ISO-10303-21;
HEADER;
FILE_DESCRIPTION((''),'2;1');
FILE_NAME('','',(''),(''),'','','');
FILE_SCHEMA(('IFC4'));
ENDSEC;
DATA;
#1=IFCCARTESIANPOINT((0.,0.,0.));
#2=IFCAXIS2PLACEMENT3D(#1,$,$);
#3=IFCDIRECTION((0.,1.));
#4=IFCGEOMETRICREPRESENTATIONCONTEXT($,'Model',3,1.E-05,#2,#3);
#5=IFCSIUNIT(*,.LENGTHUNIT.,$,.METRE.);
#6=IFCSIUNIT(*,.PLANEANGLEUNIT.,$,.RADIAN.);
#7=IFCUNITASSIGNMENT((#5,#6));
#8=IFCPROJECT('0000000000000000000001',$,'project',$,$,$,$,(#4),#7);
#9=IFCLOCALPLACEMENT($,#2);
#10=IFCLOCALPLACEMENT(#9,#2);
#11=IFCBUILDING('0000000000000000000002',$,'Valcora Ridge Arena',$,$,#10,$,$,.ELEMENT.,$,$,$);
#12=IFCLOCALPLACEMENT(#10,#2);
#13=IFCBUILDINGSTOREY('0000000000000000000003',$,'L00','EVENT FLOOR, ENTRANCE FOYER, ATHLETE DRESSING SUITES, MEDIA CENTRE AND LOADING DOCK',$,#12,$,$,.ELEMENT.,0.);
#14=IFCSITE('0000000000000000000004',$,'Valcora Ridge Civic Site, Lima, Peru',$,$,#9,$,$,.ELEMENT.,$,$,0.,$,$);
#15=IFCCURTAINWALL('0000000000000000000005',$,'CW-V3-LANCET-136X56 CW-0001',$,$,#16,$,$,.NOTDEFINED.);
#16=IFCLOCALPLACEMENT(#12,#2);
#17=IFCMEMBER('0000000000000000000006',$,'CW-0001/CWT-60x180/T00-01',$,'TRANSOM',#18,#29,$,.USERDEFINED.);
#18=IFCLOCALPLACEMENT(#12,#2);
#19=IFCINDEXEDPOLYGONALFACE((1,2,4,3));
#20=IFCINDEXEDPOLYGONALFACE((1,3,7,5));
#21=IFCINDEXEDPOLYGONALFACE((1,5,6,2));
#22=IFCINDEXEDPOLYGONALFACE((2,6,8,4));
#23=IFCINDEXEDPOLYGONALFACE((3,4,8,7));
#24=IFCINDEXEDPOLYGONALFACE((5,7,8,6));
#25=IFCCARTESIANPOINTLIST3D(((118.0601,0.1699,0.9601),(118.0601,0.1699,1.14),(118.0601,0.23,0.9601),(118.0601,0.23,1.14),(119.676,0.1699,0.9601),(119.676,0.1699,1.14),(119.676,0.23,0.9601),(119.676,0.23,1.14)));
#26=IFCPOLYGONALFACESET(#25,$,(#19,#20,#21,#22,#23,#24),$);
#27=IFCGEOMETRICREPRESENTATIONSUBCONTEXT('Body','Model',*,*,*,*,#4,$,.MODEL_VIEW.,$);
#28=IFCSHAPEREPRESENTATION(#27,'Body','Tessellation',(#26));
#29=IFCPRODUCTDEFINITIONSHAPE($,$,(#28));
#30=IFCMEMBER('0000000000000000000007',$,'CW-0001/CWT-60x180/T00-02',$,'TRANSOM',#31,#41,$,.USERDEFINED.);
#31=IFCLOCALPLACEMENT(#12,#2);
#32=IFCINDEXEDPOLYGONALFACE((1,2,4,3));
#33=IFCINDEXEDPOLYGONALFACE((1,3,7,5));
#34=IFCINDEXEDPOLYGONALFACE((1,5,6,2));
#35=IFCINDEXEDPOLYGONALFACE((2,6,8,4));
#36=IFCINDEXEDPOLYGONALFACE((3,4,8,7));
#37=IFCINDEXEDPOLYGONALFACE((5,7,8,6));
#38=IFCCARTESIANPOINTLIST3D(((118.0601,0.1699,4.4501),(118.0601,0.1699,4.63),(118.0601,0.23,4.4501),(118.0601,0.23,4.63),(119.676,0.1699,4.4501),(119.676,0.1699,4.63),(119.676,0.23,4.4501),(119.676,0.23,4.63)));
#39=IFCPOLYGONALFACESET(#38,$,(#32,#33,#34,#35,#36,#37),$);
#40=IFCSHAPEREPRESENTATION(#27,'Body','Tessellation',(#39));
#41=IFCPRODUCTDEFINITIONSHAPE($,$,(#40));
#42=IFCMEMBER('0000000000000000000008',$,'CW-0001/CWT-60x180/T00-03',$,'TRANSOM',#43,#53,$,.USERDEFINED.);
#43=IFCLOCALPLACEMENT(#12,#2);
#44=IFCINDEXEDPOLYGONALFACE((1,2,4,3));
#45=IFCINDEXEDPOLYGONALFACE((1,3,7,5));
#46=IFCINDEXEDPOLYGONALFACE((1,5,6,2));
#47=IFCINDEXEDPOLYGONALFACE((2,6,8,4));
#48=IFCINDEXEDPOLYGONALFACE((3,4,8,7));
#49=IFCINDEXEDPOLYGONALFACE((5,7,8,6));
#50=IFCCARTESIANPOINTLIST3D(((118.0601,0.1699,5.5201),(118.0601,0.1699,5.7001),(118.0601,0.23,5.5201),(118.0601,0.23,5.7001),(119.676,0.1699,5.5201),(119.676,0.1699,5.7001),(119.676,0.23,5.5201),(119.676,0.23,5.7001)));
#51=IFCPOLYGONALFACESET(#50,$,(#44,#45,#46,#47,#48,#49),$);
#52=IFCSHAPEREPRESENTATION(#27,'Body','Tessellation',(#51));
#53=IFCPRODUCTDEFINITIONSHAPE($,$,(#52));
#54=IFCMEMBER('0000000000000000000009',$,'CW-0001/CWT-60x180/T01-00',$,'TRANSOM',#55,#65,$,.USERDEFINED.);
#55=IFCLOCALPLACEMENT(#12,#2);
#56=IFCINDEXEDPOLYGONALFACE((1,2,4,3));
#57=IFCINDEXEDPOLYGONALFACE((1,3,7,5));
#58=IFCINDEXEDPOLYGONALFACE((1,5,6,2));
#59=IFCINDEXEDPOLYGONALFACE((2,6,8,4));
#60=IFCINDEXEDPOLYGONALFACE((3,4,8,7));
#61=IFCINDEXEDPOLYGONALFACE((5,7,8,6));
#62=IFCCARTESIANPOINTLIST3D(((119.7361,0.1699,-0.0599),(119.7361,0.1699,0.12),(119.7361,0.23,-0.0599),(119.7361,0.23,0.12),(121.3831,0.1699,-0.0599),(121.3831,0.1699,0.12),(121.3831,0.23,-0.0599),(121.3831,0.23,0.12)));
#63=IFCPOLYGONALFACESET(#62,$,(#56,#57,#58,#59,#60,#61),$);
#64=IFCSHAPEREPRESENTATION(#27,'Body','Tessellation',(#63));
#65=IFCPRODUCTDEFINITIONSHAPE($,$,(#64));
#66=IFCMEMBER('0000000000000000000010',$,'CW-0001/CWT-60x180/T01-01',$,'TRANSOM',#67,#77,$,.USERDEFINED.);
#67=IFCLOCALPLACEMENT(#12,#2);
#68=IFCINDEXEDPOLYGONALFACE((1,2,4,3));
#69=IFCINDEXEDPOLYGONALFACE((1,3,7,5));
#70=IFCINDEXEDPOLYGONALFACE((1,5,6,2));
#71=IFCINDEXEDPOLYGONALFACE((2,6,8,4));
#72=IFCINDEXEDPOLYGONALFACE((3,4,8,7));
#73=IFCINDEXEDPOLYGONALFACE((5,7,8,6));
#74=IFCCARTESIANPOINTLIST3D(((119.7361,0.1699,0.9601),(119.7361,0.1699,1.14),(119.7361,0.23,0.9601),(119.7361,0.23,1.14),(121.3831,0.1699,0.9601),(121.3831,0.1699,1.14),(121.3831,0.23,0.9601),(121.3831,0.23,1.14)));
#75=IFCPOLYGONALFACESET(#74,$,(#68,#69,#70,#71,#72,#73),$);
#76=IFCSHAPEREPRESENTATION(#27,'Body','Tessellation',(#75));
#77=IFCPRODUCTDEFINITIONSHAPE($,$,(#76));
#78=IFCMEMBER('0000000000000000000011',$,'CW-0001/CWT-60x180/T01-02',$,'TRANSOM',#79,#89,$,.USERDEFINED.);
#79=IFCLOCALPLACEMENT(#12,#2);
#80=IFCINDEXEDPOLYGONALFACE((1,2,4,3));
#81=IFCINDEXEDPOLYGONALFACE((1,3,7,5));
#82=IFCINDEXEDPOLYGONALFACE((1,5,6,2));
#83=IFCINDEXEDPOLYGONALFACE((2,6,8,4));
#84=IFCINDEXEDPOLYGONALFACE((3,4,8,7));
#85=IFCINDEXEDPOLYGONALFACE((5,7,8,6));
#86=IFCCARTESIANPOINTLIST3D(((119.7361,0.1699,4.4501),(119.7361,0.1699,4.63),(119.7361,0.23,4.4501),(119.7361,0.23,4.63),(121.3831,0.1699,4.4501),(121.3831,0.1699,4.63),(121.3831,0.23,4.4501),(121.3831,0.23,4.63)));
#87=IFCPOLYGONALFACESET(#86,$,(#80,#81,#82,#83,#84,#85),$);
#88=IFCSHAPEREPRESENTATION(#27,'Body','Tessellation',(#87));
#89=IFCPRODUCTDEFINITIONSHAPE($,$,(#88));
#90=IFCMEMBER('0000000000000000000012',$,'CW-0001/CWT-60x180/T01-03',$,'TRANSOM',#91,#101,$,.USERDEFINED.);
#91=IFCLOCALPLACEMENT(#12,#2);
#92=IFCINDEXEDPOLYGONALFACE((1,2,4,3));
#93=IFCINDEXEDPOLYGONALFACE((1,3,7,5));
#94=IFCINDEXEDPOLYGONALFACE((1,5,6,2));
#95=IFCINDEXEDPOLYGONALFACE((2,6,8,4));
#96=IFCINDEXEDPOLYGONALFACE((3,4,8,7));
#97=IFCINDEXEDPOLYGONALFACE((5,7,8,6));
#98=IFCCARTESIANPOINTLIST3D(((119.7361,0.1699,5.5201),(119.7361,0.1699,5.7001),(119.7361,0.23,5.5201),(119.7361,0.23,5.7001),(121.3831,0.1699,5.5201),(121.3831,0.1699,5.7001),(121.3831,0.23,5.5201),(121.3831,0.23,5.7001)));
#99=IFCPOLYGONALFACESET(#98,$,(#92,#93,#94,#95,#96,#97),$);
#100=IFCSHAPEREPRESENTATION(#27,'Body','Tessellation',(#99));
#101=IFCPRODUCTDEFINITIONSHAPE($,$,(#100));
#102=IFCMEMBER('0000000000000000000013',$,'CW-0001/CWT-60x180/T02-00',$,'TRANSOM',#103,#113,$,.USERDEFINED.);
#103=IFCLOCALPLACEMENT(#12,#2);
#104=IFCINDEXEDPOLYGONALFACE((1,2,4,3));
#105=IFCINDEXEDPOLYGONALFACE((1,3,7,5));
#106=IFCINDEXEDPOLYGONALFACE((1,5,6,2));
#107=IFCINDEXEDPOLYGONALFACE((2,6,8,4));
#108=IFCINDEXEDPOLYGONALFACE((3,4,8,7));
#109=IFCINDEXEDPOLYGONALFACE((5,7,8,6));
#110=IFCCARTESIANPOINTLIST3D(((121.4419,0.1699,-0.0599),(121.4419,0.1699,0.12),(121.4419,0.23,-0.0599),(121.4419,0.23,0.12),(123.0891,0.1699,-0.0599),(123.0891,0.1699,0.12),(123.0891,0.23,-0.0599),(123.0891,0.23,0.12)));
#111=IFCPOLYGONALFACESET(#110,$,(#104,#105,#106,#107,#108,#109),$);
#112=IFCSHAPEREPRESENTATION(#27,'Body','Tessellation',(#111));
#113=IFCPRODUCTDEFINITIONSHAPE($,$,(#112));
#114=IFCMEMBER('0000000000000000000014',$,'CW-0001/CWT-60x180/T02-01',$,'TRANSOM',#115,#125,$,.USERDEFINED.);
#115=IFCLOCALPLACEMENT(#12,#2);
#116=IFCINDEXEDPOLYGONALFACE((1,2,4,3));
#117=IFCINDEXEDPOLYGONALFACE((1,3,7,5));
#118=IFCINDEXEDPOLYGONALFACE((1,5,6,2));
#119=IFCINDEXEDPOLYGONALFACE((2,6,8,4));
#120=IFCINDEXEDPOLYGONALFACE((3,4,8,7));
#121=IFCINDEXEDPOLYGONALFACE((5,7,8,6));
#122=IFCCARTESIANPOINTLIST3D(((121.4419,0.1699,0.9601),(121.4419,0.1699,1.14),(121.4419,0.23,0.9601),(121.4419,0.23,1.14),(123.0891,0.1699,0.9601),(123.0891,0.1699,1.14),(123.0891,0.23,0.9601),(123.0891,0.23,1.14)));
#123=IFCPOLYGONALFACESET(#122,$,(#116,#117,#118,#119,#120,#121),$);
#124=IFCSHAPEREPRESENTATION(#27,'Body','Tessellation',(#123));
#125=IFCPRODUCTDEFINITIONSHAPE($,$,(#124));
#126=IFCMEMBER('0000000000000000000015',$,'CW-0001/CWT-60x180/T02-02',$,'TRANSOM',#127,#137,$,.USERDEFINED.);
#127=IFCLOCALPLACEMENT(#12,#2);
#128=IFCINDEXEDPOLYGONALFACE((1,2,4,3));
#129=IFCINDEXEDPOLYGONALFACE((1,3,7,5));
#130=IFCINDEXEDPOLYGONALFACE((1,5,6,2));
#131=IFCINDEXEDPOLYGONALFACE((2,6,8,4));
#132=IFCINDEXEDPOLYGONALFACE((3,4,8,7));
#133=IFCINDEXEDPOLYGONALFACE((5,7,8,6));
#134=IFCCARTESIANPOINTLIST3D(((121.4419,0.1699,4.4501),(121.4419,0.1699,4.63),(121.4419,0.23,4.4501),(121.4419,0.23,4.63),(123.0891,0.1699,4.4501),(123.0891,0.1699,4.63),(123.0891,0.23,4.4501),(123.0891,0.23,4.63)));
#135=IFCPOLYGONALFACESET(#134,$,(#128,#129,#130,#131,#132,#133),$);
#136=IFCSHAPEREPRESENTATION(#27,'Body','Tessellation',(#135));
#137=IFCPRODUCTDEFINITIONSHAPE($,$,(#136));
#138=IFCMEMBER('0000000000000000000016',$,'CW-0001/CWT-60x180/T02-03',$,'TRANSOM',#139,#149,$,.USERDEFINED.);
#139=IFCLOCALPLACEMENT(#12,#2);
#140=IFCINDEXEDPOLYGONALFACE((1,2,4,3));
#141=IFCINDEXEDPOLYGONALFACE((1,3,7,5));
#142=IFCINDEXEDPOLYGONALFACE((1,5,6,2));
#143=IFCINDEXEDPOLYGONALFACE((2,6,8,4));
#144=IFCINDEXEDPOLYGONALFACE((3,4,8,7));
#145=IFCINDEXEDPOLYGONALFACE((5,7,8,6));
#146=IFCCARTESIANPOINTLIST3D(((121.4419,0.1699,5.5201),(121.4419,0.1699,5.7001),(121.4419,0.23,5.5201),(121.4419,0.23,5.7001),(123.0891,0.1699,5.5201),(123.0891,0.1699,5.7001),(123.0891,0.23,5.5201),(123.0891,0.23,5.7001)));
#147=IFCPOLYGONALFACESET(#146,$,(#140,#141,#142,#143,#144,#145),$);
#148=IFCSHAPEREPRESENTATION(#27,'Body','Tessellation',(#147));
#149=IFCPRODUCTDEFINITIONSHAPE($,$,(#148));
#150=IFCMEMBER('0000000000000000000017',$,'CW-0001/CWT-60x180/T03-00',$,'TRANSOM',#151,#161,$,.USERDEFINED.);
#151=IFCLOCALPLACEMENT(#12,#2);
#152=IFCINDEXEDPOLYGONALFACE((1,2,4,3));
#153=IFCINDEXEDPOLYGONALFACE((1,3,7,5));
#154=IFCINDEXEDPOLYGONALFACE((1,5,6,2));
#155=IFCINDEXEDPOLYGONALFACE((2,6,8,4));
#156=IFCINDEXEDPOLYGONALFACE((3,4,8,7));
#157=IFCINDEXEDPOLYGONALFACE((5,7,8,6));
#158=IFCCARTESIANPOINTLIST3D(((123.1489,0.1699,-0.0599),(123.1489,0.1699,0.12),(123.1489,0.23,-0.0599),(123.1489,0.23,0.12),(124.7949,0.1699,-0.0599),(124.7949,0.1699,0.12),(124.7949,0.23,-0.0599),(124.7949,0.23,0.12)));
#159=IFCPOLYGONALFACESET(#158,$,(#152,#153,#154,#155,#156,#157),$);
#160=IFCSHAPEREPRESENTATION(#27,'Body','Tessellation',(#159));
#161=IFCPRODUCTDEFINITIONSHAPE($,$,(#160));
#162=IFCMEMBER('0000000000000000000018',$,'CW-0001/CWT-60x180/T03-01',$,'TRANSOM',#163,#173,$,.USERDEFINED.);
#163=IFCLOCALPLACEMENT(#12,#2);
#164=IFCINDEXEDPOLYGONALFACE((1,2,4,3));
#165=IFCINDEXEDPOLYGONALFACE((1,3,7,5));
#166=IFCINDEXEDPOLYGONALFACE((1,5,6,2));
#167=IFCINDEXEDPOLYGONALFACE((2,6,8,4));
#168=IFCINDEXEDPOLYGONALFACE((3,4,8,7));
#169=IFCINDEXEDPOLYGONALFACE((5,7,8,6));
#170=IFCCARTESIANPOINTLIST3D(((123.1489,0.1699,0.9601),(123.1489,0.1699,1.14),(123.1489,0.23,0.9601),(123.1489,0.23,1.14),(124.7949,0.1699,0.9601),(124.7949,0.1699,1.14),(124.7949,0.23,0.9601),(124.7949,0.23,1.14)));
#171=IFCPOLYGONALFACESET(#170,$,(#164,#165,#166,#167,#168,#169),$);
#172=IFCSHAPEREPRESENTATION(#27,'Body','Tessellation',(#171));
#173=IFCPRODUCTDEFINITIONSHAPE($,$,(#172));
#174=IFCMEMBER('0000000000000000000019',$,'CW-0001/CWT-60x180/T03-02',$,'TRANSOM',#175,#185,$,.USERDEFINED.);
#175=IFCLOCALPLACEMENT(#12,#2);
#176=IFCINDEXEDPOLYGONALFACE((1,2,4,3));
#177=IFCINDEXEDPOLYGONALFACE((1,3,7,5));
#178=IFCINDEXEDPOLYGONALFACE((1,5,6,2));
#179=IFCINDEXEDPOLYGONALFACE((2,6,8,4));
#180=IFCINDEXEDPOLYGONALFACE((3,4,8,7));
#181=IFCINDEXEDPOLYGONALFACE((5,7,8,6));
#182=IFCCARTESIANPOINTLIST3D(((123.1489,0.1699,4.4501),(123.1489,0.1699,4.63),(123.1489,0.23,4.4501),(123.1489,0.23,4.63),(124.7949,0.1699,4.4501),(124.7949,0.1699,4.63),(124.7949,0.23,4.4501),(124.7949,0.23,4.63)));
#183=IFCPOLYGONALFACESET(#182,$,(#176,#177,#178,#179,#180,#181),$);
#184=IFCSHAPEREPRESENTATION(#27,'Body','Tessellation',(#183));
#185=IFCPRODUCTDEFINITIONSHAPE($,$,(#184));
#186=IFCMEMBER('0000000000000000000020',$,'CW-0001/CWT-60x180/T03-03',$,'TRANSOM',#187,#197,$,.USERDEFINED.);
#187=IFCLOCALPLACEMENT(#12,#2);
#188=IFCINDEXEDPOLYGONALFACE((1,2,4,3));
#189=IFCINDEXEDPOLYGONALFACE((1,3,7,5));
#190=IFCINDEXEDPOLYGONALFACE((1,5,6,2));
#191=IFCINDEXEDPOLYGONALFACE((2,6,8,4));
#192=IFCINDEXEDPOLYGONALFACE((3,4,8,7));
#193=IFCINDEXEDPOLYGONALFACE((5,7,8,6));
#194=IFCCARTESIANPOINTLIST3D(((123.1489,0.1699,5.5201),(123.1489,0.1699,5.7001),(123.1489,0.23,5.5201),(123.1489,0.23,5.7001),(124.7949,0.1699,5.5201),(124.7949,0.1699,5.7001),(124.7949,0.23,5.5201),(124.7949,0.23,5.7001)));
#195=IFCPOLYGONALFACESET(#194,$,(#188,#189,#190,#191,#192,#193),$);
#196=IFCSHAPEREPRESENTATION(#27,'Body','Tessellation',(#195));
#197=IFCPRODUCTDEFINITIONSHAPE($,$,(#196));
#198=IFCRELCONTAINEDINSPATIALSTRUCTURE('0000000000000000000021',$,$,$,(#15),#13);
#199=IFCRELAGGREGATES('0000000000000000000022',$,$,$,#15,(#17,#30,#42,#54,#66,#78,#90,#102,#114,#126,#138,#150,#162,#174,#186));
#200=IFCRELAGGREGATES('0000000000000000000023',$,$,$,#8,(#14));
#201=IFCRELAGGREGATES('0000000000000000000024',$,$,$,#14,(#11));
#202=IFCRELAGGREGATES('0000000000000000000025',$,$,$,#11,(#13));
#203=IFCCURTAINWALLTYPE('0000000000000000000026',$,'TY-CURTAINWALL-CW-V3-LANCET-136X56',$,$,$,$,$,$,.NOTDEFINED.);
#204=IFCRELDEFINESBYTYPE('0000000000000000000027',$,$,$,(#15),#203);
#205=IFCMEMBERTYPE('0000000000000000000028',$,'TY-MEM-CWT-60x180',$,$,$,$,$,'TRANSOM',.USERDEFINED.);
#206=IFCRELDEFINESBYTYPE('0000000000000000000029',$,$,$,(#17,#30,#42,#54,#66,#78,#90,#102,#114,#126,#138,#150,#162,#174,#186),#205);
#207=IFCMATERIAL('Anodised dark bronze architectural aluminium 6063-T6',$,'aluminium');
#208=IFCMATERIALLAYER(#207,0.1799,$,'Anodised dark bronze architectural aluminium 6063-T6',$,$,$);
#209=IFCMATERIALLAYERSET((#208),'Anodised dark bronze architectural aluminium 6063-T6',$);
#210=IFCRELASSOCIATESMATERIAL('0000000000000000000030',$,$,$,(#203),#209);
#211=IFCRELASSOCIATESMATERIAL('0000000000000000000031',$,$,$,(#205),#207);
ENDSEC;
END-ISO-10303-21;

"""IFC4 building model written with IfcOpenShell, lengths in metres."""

from ifc_helpers import new_model, si_unit, direction, frame, origin, origin_2d, place, context, subcontext, project, spatial, rectangle, extrude, material, layer, layer_set, material_profile, profile_set, type_object, element, aggregate, save


model = new_model("IFC4")

# Units and contexts
model_context = context("Model", 3, precision=1e-05, world=origin(), true_north=direction((0.0, 1.0)))
body_context = subcontext(model_context, "Body", "Model", "MODEL_VIEW")
ifc_project = project(units=[si_unit("LENGTHUNIT", "METRE"), si_unit("PLANEANGLEUNIT", "RADIAN")], contexts=[model_context])

# Site, building, storey
site_placement = place(None, origin())
site = spatial("IfcSite", under=ifc_project, at=site_placement, Name="Valcora Ridge Civic Site, Lima, Peru", CompositionType="ELEMENT", RefElevation=0.0)
building_placement = place(site_placement, origin())
building = spatial("IfcBuilding", under=site, at=building_placement, Name="Valcora Ridge Arena", CompositionType="ELEMENT")
storey_placement = place(building_placement, origin())
storey = spatial("IfcBuildingStorey", under=building, at=storey_placement, Name="L00", Description="EVENT FLOOR, ENTRANCE FOYER, ATHLETE DRESSING SUITES, MEDIA CENTRE AND LOADING DOCK", CompositionType="ELEMENT", Elevation=0.0)

# Curtain wall, members
ifc_material_1 = material(Name="Anodised dark bronze architectural aluminium 6063-T6", Category="aluminium")
ifc_layer_1 = layer(ifc_material_1, 0.1799, Name="Anodised dark bronze architectural aluminium 6063-T6")
ifc_layer_set_1 = layer_set([ifc_layer_1], Name="Anodised dark bronze architectural aluminium 6063-T6")
curtain_wall_type = type_object("IfcCurtainWallType", Name="TY-CURTAINWALL-CW-V3-LANCET-136X56", PredefinedType="NOTDEFINED", material=ifc_layer_set_1)
curtain_wall_placement = place(storey_placement, origin())
curtain_wall = element("IfcCurtainWall", 1, at=curtain_wall_placement, inside=storey, type_object=curtain_wall_type, Name="CW-V3-LANCET-136X56 CW-0001", PredefinedType="NOTDEFINED")
ifc_material_profile_1 = material_profile(ifc_material_1, rectangle(XDim=0.0601, YDim=0.1799, at=origin_2d()), Name="ALU TRANSOM 60x180")
ifc_profile_set_1 = profile_set([ifc_material_profile_1], Name="Anodised dark bronze architectural aluminium 6063-T6")
member_type_1 = type_object("IfcMemberType", Name="TY-MEM-CWT-60x180", ElementType="TRANSOM", PredefinedType="USERDEFINED", material=ifc_profile_set_1)
member_1_placement = place(storey_placement, frame((118.0601, 0.2, 1.05), z_axis=(1.0, 0.0, 0.0), x_axis=(0.0, 1.0, 0.0)))
member_1 = element("IfcMember", 2, at=member_1_placement, type_object=member_type_1, Name="CW-0001/CWT-60x180/T00-01", ObjectType="TRANSOM", PredefinedType="USERDEFINED", context=body_context, shape_type="SweptSolid", body=[
    extrude(rectangle(XDim=0.0601, YDim=0.1799, at=origin_2d()), origin(), (0.0, 0.0, 1.0), 1.616),
])
member_2_placement = place(storey_placement, frame((118.0601, 0.2, 4.54), z_axis=(1.0, 0.0, 0.0), x_axis=(0.0, 1.0, 0.0)))
member_2 = element("IfcMember", 3, at=member_2_placement, type_object=member_type_1, Name="CW-0001/CWT-60x180/T00-02", ObjectType="TRANSOM", PredefinedType="USERDEFINED", context=body_context, shape_type="SweptSolid", body=[
    extrude(rectangle(XDim=0.0601, YDim=0.1799, at=origin_2d()), origin(), (0.0, 0.0, 1.0), 1.616),
])
member_3_placement = place(storey_placement, frame((118.0601, 0.2, 5.6101), z_axis=(1.0, 0.0, 0.0), x_axis=(0.0, 1.0, 0.0)))
member_3 = element("IfcMember", 4, at=member_3_placement, type_object=member_type_1, Name="CW-0001/CWT-60x180/T00-03", ObjectType="TRANSOM", PredefinedType="USERDEFINED", context=body_context, shape_type="SweptSolid", body=[
    extrude(rectangle(XDim=0.0601, YDim=0.1799, at=origin_2d()), origin(), (0.0, 0.0, 1.0), 1.616),
])
member_4_placement = place(storey_placement, frame((119.7361, 0.2, 0.03), z_axis=(1.0, 0.0, 0.0), x_axis=(0.0, 1.0, 0.0)))
member_4 = element("IfcMember", 5, at=member_4_placement, type_object=member_type_1, Name="CW-0001/CWT-60x180/T01-00", ObjectType="TRANSOM", PredefinedType="USERDEFINED", context=body_context, shape_type="SweptSolid", body=[
    extrude(rectangle(XDim=0.0601, YDim=0.1799, at=origin_2d()), origin(), (0.0, 0.0, 1.0), 1.647),
])
member_5_placement = place(storey_placement, frame((119.7361, 0.2, 1.05), z_axis=(1.0, 0.0, 0.0), x_axis=(0.0, 1.0, 0.0)))
member_5 = element("IfcMember", 6, at=member_5_placement, type_object=member_type_1, Name="CW-0001/CWT-60x180/T01-01", ObjectType="TRANSOM", PredefinedType="USERDEFINED", context=body_context, shape_type="SweptSolid", body=[
    extrude(rectangle(XDim=0.0601, YDim=0.1799, at=origin_2d()), origin(), (0.0, 0.0, 1.0), 1.647),
])
member_6_placement = place(storey_placement, frame((119.7361, 0.2, 4.54), z_axis=(1.0, 0.0, 0.0), x_axis=(0.0, 1.0, 0.0)))
member_6 = element("IfcMember", 7, at=member_6_placement, type_object=member_type_1, Name="CW-0001/CWT-60x180/T01-02", ObjectType="TRANSOM", PredefinedType="USERDEFINED", context=body_context, shape_type="SweptSolid", body=[
    extrude(rectangle(XDim=0.0601, YDim=0.1799, at=origin_2d()), origin(), (0.0, 0.0, 1.0), 1.647),
])
member_7_placement = place(storey_placement, frame((119.7361, 0.2, 5.6101), z_axis=(1.0, 0.0, 0.0), x_axis=(0.0, 1.0, 0.0)))
member_7 = element("IfcMember", 8, at=member_7_placement, type_object=member_type_1, Name="CW-0001/CWT-60x180/T01-03", ObjectType="TRANSOM", PredefinedType="USERDEFINED", context=body_context, shape_type="SweptSolid", body=[
    extrude(rectangle(XDim=0.0601, YDim=0.1799, at=origin_2d()), origin(), (0.0, 0.0, 1.0), 1.647),
])
member_8_placement = place(storey_placement, frame((121.4419, 0.2, 0.03), z_axis=(1.0, 0.0, 0.0), x_axis=(0.0, 1.0, 0.0)))
member_8 = element("IfcMember", 9, at=member_8_placement, type_object=member_type_1, Name="CW-0001/CWT-60x180/T02-00", ObjectType="TRANSOM", PredefinedType="USERDEFINED", context=body_context, shape_type="SweptSolid", body=[
    extrude(rectangle(XDim=0.0601, YDim=0.1799, at=origin_2d()), origin(), (0.0, 0.0, 1.0), 1.6472),
])
member_9_placement = place(storey_placement, frame((121.4419, 0.2, 1.05), z_axis=(1.0, 0.0, 0.0), x_axis=(0.0, 1.0, 0.0)))
member_9 = element("IfcMember", 10, at=member_9_placement, type_object=member_type_1, Name="CW-0001/CWT-60x180/T02-01", ObjectType="TRANSOM", PredefinedType="USERDEFINED", context=body_context, shape_type="SweptSolid", body=[
    extrude(rectangle(XDim=0.0601, YDim=0.1799, at=origin_2d()), origin(), (0.0, 0.0, 1.0), 1.6472),
])
member_10_placement = place(storey_placement, frame((121.4419, 0.2, 4.54), z_axis=(1.0, 0.0, 0.0), x_axis=(0.0, 1.0, 0.0)))
member_10 = element("IfcMember", 11, at=member_10_placement, type_object=member_type_1, Name="CW-0001/CWT-60x180/T02-02", ObjectType="TRANSOM", PredefinedType="USERDEFINED", context=body_context, shape_type="SweptSolid", body=[
    extrude(rectangle(XDim=0.0601, YDim=0.1799, at=origin_2d()), origin(), (0.0, 0.0, 1.0), 1.6472),
])
member_11_placement = place(storey_placement, frame((121.4419, 0.2, 5.6101), z_axis=(1.0, 0.0, 0.0), x_axis=(0.0, 1.0, 0.0)))
member_11 = element("IfcMember", 12, at=member_11_placement, type_object=member_type_1, Name="CW-0001/CWT-60x180/T02-03", ObjectType="TRANSOM", PredefinedType="USERDEFINED", context=body_context, shape_type="SweptSolid", body=[
    extrude(rectangle(XDim=0.0601, YDim=0.1799, at=origin_2d()), origin(), (0.0, 0.0, 1.0), 1.6472),
])
member_12_placement = place(storey_placement, frame((123.1489, 0.2, 0.03), z_axis=(1.0, 0.0, 0.0), x_axis=(0.0, 1.0, 0.0)))
member_12 = element("IfcMember", 13, at=member_12_placement, type_object=member_type_1, Name="CW-0001/CWT-60x180/T03-00", ObjectType="TRANSOM", PredefinedType="USERDEFINED", context=body_context, shape_type="SweptSolid", body=[
    extrude(rectangle(XDim=0.0601, YDim=0.1799, at=origin_2d()), origin(), (0.0, 0.0, 1.0), 1.646),
])
member_13_placement = place(storey_placement, frame((123.1489, 0.2, 1.05), z_axis=(1.0, 0.0, 0.0), x_axis=(0.0, 1.0, 0.0)))
member_13 = element("IfcMember", 14, at=member_13_placement, type_object=member_type_1, Name="CW-0001/CWT-60x180/T03-01", ObjectType="TRANSOM", PredefinedType="USERDEFINED", context=body_context, shape_type="SweptSolid", body=[
    extrude(rectangle(XDim=0.0601, YDim=0.1799, at=origin_2d()), origin(), (0.0, 0.0, 1.0), 1.646),
])
member_14_placement = place(storey_placement, frame((123.1489, 0.2, 4.54), z_axis=(1.0, 0.0, 0.0), x_axis=(0.0, 1.0, 0.0)))
member_14 = element("IfcMember", 15, at=member_14_placement, type_object=member_type_1, Name="CW-0001/CWT-60x180/T03-02", ObjectType="TRANSOM", PredefinedType="USERDEFINED", context=body_context, shape_type="SweptSolid", body=[
    extrude(rectangle(XDim=0.0601, YDim=0.1799, at=origin_2d()), origin(), (0.0, 0.0, 1.0), 1.646),
])
member_15_placement = place(storey_placement, frame((123.1489, 0.2, 5.6101), z_axis=(1.0, 0.0, 0.0), x_axis=(0.0, 1.0, 0.0)))
member_15 = element("IfcMember", 16, at=member_15_placement, type_object=member_type_1, Name="CW-0001/CWT-60x180/T03-03", ObjectType="TRANSOM", PredefinedType="USERDEFINED", context=body_context, shape_type="SweptSolid", body=[
    extrude(rectangle(XDim=0.0601, YDim=0.1799, at=origin_2d()), origin(), (0.0, 0.0, 1.0), 1.646),
])
aggregate(curtain_wall, [member_1, member_2, member_3, member_4, member_5, member_6, member_7, member_8, member_9, member_10, member_11, member_12, member_13, member_14, member_15])

save(model, "model.ifc")
